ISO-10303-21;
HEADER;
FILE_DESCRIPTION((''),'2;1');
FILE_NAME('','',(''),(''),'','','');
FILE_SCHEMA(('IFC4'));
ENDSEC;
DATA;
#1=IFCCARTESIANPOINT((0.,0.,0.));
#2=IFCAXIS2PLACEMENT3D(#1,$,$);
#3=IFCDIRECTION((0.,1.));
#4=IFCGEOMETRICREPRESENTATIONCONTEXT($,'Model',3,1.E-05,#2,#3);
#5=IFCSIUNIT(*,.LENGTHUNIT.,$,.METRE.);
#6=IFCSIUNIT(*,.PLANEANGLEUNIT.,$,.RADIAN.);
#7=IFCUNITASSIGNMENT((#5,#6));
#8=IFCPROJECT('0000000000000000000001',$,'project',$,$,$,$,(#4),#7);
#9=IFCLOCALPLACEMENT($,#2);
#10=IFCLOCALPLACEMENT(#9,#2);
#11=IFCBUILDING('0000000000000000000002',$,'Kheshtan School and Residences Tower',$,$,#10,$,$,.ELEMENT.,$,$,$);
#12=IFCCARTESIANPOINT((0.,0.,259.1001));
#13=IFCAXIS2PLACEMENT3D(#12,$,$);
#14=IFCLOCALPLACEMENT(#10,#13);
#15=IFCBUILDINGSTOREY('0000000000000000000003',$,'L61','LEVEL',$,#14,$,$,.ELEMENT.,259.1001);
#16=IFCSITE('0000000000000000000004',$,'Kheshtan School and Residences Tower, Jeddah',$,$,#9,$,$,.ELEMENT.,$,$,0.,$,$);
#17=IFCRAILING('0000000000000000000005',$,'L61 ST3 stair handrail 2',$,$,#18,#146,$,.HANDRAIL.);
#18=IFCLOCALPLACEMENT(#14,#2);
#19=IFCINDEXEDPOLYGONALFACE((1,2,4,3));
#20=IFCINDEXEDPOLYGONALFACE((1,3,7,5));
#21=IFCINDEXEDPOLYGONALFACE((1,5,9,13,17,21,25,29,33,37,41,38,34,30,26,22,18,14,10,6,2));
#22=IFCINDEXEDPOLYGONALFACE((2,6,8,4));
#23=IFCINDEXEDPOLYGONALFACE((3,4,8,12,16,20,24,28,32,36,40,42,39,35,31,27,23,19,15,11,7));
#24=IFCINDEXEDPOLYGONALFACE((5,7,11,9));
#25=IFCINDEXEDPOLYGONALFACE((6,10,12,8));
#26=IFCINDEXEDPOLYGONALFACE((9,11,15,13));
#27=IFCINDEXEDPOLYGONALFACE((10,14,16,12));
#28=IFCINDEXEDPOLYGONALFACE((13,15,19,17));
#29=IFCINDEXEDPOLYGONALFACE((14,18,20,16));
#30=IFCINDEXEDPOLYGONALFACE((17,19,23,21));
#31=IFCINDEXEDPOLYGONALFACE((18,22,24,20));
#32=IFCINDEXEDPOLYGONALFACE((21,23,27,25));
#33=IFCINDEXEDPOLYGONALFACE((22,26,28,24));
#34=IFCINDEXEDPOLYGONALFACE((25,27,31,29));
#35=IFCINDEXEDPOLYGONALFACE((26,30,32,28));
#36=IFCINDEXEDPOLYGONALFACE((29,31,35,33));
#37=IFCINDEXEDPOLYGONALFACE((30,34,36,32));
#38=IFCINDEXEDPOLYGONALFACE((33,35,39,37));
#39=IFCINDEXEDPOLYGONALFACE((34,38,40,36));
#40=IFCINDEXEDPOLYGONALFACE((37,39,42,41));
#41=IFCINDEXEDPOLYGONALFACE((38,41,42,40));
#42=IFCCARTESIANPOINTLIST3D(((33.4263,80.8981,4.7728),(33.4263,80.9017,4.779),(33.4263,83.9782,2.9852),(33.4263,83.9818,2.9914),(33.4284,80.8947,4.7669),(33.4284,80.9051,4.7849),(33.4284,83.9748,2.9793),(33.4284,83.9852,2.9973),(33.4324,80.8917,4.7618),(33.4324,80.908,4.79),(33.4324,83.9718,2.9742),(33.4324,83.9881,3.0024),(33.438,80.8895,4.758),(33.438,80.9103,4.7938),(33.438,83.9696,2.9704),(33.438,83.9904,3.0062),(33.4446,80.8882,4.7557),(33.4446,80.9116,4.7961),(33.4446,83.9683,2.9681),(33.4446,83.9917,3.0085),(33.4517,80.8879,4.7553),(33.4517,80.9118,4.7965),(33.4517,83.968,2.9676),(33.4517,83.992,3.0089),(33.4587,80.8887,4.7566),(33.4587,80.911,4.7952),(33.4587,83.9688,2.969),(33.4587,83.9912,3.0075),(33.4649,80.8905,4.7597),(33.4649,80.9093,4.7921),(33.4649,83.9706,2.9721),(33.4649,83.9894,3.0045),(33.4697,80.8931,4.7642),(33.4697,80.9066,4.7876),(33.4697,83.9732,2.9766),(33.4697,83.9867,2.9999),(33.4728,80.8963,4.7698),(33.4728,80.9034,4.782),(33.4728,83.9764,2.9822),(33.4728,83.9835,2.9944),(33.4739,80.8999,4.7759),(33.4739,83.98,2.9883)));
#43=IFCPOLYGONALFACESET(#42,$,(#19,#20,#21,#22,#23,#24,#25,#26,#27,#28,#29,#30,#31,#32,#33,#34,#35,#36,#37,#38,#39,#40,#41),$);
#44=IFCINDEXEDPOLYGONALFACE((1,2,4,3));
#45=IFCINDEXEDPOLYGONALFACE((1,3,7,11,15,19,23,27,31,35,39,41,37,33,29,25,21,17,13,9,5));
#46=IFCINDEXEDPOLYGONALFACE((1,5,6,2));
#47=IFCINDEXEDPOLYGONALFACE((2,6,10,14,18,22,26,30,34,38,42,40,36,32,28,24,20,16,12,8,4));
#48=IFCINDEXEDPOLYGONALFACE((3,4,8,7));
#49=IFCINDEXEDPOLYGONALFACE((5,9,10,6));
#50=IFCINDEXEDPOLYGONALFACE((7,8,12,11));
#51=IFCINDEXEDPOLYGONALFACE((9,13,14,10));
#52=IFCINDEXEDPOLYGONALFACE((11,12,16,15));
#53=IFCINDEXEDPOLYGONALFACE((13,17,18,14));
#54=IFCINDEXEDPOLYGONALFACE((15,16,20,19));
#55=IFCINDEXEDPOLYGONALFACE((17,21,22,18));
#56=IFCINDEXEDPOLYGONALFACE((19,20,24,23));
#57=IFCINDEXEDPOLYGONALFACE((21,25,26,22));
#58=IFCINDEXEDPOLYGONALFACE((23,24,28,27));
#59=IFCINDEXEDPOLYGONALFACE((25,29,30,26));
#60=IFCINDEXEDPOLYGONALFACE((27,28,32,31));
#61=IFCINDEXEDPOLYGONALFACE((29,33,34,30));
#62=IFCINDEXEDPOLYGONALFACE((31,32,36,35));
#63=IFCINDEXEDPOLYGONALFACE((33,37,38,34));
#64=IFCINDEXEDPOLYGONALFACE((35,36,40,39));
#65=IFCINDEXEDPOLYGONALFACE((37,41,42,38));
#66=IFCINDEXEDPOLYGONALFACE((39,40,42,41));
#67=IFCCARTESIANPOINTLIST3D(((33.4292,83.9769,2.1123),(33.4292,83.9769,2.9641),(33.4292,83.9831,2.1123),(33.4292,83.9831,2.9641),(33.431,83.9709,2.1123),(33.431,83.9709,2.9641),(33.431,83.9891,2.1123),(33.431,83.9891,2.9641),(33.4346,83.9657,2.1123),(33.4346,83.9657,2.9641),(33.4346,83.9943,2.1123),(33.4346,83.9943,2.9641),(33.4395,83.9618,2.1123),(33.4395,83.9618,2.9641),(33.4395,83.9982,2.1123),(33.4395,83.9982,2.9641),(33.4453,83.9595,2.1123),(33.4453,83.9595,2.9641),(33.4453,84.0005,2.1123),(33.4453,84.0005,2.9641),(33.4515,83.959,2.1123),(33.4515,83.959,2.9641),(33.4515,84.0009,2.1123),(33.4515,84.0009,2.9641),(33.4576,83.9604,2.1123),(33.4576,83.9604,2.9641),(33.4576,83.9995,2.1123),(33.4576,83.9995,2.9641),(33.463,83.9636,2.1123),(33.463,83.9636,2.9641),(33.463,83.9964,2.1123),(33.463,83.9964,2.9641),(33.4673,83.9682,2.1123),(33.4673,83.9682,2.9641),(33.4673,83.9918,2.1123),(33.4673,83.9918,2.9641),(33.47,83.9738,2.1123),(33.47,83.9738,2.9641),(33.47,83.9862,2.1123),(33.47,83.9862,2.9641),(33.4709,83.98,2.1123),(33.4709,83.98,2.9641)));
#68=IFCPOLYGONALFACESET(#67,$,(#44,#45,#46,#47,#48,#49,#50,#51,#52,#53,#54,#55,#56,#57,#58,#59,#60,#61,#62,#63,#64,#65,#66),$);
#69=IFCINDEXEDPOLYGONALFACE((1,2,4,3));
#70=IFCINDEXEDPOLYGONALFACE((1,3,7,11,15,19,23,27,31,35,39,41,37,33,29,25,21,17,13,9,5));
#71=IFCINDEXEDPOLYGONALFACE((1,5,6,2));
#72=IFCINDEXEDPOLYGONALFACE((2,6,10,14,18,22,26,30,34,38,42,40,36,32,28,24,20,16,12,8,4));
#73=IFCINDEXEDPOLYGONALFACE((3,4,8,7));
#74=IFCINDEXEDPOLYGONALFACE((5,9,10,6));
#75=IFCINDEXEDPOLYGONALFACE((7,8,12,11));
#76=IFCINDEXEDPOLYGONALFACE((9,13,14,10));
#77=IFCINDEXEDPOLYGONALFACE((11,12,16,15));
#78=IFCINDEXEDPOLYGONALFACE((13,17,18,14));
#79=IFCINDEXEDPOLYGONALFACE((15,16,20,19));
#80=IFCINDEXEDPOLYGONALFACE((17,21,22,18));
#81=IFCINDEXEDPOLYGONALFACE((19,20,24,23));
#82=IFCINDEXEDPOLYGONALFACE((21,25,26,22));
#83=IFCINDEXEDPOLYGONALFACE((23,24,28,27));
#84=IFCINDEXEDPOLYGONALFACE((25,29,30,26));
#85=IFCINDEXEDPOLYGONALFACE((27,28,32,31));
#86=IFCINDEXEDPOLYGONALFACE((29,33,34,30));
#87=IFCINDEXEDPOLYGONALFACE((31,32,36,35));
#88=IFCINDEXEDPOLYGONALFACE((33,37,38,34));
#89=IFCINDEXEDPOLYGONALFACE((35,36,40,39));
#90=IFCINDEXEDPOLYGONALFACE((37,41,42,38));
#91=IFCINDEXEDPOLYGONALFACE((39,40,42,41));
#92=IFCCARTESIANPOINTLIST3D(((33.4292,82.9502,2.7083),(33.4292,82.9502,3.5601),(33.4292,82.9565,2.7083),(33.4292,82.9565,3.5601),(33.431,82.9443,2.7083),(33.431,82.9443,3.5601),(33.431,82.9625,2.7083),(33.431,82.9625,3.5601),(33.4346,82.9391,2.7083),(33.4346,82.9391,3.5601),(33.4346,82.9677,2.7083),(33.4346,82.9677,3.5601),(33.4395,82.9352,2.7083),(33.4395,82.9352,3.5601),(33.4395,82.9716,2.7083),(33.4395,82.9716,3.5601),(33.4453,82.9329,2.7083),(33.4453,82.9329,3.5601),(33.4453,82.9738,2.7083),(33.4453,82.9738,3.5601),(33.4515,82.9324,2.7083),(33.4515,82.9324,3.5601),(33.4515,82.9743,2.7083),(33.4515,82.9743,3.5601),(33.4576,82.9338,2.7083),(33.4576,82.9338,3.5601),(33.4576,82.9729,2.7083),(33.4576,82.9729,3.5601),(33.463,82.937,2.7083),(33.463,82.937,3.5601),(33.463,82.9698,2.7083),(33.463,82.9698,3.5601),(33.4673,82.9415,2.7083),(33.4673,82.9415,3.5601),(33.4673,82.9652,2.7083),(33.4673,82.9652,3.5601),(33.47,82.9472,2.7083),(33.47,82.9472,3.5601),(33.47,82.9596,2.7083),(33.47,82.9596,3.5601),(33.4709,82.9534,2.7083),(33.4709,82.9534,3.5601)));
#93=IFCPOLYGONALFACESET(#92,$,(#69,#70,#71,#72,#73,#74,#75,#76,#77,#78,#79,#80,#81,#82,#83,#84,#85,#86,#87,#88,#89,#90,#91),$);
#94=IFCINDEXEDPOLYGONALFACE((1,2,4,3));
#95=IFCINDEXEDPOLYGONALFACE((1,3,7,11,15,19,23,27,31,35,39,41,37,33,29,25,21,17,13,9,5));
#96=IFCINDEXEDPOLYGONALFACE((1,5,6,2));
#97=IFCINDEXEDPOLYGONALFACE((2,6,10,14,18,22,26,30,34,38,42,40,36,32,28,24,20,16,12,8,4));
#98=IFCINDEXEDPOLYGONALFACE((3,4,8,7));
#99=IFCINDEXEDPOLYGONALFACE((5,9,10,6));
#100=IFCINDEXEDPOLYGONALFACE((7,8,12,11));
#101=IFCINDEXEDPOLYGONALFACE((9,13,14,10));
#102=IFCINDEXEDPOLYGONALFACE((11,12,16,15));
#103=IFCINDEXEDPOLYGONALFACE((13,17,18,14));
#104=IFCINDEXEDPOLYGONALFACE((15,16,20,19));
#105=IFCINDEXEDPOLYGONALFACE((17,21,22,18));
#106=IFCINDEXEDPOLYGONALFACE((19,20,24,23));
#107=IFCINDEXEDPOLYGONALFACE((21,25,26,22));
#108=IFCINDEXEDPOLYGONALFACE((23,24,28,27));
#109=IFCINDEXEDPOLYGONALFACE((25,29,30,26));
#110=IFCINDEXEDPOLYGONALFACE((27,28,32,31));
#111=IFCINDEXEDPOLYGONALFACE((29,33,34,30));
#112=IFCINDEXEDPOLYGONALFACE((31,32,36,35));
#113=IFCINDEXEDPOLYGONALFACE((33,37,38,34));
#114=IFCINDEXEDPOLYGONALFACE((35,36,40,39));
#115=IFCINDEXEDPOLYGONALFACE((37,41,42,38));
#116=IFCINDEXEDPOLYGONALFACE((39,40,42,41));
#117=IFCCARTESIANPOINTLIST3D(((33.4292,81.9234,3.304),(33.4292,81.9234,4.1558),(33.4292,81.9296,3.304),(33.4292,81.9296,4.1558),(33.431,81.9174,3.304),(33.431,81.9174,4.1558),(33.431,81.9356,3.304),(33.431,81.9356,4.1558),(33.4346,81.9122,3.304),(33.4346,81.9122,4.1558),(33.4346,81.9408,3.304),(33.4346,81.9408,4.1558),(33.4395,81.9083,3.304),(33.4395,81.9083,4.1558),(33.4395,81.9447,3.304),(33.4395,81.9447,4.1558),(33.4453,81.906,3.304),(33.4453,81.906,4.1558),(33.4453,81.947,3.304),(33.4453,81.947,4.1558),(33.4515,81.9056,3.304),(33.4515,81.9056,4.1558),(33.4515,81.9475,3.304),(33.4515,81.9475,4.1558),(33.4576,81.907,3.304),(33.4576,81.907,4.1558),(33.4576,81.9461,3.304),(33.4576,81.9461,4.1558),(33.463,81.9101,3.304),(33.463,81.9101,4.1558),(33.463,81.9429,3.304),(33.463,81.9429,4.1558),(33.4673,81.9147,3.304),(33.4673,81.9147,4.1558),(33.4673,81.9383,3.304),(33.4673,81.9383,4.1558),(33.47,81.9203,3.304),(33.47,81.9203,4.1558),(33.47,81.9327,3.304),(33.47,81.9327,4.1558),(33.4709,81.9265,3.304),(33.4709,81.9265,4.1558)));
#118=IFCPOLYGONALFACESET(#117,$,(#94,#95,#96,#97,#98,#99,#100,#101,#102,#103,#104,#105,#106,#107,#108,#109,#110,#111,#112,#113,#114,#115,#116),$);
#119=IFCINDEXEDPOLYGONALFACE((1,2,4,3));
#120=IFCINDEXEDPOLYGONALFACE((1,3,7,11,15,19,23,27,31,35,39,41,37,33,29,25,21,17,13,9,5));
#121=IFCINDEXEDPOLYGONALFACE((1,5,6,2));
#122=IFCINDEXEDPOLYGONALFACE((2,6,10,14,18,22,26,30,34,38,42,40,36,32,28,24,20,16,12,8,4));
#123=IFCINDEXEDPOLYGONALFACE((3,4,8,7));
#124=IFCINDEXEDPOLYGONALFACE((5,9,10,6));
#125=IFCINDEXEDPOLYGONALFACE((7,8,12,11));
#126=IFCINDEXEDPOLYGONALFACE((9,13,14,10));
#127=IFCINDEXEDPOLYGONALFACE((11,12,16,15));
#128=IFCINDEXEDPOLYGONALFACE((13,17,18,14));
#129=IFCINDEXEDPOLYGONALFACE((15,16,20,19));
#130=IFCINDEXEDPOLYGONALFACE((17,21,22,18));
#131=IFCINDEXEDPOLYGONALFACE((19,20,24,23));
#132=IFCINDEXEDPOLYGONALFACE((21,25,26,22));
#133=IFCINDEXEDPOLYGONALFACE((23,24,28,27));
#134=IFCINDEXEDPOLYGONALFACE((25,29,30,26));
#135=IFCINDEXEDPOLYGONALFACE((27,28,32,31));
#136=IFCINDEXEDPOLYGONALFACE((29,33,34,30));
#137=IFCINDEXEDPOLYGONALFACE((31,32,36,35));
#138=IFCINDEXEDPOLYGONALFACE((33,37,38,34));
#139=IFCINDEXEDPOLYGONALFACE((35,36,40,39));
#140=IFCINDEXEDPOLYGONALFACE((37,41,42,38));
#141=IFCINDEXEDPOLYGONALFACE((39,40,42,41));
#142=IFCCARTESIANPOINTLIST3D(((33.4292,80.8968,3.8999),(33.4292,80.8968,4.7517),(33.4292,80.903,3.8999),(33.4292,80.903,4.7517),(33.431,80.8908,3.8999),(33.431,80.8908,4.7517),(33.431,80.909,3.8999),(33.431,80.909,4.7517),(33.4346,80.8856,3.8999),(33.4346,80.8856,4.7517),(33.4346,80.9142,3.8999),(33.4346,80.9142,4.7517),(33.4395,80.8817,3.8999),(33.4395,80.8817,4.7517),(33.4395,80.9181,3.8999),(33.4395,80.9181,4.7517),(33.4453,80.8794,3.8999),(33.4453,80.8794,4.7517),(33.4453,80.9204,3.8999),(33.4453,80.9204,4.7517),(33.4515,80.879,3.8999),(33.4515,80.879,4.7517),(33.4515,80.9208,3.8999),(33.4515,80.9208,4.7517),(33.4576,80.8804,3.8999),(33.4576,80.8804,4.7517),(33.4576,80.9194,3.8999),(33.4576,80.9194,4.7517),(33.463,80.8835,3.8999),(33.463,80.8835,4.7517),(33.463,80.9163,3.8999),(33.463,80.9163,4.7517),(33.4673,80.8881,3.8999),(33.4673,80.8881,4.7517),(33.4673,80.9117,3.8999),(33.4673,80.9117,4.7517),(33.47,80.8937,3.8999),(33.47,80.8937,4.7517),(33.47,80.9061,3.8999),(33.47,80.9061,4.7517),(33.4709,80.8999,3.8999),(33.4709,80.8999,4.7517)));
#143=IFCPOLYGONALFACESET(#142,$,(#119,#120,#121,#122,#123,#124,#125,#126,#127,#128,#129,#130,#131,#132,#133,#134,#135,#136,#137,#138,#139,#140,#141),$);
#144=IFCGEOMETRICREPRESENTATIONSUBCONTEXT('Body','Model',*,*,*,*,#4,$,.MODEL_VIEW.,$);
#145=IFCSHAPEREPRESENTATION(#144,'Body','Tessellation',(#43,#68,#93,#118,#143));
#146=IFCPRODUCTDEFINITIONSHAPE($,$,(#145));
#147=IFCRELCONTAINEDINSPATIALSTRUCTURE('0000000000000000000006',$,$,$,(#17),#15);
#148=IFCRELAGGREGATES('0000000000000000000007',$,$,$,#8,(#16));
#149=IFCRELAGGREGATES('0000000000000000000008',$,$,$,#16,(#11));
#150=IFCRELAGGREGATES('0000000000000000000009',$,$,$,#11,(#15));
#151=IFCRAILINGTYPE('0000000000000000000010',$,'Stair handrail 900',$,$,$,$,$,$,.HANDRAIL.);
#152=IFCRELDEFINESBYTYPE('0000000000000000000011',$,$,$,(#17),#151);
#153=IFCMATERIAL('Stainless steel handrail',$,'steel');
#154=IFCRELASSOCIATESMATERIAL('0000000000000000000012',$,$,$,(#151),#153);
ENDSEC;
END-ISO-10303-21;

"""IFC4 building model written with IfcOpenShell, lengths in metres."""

from ifc_helpers import new_model, si_unit, direction, frame, origin, origin_2d, place, context, subcontext, project, spatial, circle, extrude, material, type_object, element, save


model = new_model("IFC4")

# Units and contexts
model_context = context("Model", 3, precision=1e-05, world=origin(), true_north=direction((0.0, 1.0)))
body_context = subcontext(model_context, "Body", "Model", "MODEL_VIEW")
ifc_project = project(units=[si_unit("LENGTHUNIT", "METRE"), si_unit("PLANEANGLEUNIT", "RADIAN")], contexts=[model_context])

# Site, building, storey
site_placement = place(None, origin())
site = spatial("IfcSite", under=ifc_project, at=site_placement, Name="Kheshtan School and Residences Tower, Jeddah", CompositionType="ELEMENT", RefElevation=0.0)
building_placement = place(site_placement, origin())
building = spatial("IfcBuilding", under=site, at=building_placement, Name="Kheshtan School and Residences Tower", CompositionType="ELEMENT")
storey_placement = place(building_placement, frame((0.0, 0.0, 259.1001)))
storey = spatial("IfcBuildingStorey", under=building, at=storey_placement, Name="L61", Description="LEVEL", CompositionType="ELEMENT", Elevation=259.1001)

# Railing
ifc_material_1 = material(Name="Stainless steel handrail", Category="steel")
railing_type_1 = type_object("IfcRailingType", Name="Stair handrail 900", PredefinedType="HANDRAIL", material=ifc_material_1)
railing_1_placement = place(storey_placement, frame((33.45, 83.98, 2.1123)))
element("IfcRailing", 1, at=railing_1_placement, inside=storey, type_object=railing_type_1, Name="L61 ST3 stair handrail 2", PredefinedType="HANDRAIL", context=body_context, shape_type="SweptSolid", body=[
    extrude(circle(Radius=0.0239, at=origin_2d()), frame((0.0, 0.0, 0.876), z_axis=(0.0, -0.864891, 0.50196), x_axis=(1.0, 0.0, 0.0)), (0.0, 0.0, 1.0), 3.5613),
    extrude(circle(Radius=0.021, at=origin_2d()), origin(), (0.0, 0.0, 1.0), 0.8518),
    extrude(circle(Radius=0.021, at=origin_2d()), frame((0.0, -1.0266, 0.5959)), (0.0, 0.0, 1.0), 0.8518),
    extrude(circle(Radius=0.021, at=origin_2d()), frame((0.0, -2.0535, 1.1917)), (0.0, 0.0, 1.0), 0.8518),
    extrude(circle(Radius=0.021, at=origin_2d()), frame((0.0, -3.0801, 1.7876)), (0.0, 0.0, 1.0), 0.8518),
])

save(model, "model.ifc")
